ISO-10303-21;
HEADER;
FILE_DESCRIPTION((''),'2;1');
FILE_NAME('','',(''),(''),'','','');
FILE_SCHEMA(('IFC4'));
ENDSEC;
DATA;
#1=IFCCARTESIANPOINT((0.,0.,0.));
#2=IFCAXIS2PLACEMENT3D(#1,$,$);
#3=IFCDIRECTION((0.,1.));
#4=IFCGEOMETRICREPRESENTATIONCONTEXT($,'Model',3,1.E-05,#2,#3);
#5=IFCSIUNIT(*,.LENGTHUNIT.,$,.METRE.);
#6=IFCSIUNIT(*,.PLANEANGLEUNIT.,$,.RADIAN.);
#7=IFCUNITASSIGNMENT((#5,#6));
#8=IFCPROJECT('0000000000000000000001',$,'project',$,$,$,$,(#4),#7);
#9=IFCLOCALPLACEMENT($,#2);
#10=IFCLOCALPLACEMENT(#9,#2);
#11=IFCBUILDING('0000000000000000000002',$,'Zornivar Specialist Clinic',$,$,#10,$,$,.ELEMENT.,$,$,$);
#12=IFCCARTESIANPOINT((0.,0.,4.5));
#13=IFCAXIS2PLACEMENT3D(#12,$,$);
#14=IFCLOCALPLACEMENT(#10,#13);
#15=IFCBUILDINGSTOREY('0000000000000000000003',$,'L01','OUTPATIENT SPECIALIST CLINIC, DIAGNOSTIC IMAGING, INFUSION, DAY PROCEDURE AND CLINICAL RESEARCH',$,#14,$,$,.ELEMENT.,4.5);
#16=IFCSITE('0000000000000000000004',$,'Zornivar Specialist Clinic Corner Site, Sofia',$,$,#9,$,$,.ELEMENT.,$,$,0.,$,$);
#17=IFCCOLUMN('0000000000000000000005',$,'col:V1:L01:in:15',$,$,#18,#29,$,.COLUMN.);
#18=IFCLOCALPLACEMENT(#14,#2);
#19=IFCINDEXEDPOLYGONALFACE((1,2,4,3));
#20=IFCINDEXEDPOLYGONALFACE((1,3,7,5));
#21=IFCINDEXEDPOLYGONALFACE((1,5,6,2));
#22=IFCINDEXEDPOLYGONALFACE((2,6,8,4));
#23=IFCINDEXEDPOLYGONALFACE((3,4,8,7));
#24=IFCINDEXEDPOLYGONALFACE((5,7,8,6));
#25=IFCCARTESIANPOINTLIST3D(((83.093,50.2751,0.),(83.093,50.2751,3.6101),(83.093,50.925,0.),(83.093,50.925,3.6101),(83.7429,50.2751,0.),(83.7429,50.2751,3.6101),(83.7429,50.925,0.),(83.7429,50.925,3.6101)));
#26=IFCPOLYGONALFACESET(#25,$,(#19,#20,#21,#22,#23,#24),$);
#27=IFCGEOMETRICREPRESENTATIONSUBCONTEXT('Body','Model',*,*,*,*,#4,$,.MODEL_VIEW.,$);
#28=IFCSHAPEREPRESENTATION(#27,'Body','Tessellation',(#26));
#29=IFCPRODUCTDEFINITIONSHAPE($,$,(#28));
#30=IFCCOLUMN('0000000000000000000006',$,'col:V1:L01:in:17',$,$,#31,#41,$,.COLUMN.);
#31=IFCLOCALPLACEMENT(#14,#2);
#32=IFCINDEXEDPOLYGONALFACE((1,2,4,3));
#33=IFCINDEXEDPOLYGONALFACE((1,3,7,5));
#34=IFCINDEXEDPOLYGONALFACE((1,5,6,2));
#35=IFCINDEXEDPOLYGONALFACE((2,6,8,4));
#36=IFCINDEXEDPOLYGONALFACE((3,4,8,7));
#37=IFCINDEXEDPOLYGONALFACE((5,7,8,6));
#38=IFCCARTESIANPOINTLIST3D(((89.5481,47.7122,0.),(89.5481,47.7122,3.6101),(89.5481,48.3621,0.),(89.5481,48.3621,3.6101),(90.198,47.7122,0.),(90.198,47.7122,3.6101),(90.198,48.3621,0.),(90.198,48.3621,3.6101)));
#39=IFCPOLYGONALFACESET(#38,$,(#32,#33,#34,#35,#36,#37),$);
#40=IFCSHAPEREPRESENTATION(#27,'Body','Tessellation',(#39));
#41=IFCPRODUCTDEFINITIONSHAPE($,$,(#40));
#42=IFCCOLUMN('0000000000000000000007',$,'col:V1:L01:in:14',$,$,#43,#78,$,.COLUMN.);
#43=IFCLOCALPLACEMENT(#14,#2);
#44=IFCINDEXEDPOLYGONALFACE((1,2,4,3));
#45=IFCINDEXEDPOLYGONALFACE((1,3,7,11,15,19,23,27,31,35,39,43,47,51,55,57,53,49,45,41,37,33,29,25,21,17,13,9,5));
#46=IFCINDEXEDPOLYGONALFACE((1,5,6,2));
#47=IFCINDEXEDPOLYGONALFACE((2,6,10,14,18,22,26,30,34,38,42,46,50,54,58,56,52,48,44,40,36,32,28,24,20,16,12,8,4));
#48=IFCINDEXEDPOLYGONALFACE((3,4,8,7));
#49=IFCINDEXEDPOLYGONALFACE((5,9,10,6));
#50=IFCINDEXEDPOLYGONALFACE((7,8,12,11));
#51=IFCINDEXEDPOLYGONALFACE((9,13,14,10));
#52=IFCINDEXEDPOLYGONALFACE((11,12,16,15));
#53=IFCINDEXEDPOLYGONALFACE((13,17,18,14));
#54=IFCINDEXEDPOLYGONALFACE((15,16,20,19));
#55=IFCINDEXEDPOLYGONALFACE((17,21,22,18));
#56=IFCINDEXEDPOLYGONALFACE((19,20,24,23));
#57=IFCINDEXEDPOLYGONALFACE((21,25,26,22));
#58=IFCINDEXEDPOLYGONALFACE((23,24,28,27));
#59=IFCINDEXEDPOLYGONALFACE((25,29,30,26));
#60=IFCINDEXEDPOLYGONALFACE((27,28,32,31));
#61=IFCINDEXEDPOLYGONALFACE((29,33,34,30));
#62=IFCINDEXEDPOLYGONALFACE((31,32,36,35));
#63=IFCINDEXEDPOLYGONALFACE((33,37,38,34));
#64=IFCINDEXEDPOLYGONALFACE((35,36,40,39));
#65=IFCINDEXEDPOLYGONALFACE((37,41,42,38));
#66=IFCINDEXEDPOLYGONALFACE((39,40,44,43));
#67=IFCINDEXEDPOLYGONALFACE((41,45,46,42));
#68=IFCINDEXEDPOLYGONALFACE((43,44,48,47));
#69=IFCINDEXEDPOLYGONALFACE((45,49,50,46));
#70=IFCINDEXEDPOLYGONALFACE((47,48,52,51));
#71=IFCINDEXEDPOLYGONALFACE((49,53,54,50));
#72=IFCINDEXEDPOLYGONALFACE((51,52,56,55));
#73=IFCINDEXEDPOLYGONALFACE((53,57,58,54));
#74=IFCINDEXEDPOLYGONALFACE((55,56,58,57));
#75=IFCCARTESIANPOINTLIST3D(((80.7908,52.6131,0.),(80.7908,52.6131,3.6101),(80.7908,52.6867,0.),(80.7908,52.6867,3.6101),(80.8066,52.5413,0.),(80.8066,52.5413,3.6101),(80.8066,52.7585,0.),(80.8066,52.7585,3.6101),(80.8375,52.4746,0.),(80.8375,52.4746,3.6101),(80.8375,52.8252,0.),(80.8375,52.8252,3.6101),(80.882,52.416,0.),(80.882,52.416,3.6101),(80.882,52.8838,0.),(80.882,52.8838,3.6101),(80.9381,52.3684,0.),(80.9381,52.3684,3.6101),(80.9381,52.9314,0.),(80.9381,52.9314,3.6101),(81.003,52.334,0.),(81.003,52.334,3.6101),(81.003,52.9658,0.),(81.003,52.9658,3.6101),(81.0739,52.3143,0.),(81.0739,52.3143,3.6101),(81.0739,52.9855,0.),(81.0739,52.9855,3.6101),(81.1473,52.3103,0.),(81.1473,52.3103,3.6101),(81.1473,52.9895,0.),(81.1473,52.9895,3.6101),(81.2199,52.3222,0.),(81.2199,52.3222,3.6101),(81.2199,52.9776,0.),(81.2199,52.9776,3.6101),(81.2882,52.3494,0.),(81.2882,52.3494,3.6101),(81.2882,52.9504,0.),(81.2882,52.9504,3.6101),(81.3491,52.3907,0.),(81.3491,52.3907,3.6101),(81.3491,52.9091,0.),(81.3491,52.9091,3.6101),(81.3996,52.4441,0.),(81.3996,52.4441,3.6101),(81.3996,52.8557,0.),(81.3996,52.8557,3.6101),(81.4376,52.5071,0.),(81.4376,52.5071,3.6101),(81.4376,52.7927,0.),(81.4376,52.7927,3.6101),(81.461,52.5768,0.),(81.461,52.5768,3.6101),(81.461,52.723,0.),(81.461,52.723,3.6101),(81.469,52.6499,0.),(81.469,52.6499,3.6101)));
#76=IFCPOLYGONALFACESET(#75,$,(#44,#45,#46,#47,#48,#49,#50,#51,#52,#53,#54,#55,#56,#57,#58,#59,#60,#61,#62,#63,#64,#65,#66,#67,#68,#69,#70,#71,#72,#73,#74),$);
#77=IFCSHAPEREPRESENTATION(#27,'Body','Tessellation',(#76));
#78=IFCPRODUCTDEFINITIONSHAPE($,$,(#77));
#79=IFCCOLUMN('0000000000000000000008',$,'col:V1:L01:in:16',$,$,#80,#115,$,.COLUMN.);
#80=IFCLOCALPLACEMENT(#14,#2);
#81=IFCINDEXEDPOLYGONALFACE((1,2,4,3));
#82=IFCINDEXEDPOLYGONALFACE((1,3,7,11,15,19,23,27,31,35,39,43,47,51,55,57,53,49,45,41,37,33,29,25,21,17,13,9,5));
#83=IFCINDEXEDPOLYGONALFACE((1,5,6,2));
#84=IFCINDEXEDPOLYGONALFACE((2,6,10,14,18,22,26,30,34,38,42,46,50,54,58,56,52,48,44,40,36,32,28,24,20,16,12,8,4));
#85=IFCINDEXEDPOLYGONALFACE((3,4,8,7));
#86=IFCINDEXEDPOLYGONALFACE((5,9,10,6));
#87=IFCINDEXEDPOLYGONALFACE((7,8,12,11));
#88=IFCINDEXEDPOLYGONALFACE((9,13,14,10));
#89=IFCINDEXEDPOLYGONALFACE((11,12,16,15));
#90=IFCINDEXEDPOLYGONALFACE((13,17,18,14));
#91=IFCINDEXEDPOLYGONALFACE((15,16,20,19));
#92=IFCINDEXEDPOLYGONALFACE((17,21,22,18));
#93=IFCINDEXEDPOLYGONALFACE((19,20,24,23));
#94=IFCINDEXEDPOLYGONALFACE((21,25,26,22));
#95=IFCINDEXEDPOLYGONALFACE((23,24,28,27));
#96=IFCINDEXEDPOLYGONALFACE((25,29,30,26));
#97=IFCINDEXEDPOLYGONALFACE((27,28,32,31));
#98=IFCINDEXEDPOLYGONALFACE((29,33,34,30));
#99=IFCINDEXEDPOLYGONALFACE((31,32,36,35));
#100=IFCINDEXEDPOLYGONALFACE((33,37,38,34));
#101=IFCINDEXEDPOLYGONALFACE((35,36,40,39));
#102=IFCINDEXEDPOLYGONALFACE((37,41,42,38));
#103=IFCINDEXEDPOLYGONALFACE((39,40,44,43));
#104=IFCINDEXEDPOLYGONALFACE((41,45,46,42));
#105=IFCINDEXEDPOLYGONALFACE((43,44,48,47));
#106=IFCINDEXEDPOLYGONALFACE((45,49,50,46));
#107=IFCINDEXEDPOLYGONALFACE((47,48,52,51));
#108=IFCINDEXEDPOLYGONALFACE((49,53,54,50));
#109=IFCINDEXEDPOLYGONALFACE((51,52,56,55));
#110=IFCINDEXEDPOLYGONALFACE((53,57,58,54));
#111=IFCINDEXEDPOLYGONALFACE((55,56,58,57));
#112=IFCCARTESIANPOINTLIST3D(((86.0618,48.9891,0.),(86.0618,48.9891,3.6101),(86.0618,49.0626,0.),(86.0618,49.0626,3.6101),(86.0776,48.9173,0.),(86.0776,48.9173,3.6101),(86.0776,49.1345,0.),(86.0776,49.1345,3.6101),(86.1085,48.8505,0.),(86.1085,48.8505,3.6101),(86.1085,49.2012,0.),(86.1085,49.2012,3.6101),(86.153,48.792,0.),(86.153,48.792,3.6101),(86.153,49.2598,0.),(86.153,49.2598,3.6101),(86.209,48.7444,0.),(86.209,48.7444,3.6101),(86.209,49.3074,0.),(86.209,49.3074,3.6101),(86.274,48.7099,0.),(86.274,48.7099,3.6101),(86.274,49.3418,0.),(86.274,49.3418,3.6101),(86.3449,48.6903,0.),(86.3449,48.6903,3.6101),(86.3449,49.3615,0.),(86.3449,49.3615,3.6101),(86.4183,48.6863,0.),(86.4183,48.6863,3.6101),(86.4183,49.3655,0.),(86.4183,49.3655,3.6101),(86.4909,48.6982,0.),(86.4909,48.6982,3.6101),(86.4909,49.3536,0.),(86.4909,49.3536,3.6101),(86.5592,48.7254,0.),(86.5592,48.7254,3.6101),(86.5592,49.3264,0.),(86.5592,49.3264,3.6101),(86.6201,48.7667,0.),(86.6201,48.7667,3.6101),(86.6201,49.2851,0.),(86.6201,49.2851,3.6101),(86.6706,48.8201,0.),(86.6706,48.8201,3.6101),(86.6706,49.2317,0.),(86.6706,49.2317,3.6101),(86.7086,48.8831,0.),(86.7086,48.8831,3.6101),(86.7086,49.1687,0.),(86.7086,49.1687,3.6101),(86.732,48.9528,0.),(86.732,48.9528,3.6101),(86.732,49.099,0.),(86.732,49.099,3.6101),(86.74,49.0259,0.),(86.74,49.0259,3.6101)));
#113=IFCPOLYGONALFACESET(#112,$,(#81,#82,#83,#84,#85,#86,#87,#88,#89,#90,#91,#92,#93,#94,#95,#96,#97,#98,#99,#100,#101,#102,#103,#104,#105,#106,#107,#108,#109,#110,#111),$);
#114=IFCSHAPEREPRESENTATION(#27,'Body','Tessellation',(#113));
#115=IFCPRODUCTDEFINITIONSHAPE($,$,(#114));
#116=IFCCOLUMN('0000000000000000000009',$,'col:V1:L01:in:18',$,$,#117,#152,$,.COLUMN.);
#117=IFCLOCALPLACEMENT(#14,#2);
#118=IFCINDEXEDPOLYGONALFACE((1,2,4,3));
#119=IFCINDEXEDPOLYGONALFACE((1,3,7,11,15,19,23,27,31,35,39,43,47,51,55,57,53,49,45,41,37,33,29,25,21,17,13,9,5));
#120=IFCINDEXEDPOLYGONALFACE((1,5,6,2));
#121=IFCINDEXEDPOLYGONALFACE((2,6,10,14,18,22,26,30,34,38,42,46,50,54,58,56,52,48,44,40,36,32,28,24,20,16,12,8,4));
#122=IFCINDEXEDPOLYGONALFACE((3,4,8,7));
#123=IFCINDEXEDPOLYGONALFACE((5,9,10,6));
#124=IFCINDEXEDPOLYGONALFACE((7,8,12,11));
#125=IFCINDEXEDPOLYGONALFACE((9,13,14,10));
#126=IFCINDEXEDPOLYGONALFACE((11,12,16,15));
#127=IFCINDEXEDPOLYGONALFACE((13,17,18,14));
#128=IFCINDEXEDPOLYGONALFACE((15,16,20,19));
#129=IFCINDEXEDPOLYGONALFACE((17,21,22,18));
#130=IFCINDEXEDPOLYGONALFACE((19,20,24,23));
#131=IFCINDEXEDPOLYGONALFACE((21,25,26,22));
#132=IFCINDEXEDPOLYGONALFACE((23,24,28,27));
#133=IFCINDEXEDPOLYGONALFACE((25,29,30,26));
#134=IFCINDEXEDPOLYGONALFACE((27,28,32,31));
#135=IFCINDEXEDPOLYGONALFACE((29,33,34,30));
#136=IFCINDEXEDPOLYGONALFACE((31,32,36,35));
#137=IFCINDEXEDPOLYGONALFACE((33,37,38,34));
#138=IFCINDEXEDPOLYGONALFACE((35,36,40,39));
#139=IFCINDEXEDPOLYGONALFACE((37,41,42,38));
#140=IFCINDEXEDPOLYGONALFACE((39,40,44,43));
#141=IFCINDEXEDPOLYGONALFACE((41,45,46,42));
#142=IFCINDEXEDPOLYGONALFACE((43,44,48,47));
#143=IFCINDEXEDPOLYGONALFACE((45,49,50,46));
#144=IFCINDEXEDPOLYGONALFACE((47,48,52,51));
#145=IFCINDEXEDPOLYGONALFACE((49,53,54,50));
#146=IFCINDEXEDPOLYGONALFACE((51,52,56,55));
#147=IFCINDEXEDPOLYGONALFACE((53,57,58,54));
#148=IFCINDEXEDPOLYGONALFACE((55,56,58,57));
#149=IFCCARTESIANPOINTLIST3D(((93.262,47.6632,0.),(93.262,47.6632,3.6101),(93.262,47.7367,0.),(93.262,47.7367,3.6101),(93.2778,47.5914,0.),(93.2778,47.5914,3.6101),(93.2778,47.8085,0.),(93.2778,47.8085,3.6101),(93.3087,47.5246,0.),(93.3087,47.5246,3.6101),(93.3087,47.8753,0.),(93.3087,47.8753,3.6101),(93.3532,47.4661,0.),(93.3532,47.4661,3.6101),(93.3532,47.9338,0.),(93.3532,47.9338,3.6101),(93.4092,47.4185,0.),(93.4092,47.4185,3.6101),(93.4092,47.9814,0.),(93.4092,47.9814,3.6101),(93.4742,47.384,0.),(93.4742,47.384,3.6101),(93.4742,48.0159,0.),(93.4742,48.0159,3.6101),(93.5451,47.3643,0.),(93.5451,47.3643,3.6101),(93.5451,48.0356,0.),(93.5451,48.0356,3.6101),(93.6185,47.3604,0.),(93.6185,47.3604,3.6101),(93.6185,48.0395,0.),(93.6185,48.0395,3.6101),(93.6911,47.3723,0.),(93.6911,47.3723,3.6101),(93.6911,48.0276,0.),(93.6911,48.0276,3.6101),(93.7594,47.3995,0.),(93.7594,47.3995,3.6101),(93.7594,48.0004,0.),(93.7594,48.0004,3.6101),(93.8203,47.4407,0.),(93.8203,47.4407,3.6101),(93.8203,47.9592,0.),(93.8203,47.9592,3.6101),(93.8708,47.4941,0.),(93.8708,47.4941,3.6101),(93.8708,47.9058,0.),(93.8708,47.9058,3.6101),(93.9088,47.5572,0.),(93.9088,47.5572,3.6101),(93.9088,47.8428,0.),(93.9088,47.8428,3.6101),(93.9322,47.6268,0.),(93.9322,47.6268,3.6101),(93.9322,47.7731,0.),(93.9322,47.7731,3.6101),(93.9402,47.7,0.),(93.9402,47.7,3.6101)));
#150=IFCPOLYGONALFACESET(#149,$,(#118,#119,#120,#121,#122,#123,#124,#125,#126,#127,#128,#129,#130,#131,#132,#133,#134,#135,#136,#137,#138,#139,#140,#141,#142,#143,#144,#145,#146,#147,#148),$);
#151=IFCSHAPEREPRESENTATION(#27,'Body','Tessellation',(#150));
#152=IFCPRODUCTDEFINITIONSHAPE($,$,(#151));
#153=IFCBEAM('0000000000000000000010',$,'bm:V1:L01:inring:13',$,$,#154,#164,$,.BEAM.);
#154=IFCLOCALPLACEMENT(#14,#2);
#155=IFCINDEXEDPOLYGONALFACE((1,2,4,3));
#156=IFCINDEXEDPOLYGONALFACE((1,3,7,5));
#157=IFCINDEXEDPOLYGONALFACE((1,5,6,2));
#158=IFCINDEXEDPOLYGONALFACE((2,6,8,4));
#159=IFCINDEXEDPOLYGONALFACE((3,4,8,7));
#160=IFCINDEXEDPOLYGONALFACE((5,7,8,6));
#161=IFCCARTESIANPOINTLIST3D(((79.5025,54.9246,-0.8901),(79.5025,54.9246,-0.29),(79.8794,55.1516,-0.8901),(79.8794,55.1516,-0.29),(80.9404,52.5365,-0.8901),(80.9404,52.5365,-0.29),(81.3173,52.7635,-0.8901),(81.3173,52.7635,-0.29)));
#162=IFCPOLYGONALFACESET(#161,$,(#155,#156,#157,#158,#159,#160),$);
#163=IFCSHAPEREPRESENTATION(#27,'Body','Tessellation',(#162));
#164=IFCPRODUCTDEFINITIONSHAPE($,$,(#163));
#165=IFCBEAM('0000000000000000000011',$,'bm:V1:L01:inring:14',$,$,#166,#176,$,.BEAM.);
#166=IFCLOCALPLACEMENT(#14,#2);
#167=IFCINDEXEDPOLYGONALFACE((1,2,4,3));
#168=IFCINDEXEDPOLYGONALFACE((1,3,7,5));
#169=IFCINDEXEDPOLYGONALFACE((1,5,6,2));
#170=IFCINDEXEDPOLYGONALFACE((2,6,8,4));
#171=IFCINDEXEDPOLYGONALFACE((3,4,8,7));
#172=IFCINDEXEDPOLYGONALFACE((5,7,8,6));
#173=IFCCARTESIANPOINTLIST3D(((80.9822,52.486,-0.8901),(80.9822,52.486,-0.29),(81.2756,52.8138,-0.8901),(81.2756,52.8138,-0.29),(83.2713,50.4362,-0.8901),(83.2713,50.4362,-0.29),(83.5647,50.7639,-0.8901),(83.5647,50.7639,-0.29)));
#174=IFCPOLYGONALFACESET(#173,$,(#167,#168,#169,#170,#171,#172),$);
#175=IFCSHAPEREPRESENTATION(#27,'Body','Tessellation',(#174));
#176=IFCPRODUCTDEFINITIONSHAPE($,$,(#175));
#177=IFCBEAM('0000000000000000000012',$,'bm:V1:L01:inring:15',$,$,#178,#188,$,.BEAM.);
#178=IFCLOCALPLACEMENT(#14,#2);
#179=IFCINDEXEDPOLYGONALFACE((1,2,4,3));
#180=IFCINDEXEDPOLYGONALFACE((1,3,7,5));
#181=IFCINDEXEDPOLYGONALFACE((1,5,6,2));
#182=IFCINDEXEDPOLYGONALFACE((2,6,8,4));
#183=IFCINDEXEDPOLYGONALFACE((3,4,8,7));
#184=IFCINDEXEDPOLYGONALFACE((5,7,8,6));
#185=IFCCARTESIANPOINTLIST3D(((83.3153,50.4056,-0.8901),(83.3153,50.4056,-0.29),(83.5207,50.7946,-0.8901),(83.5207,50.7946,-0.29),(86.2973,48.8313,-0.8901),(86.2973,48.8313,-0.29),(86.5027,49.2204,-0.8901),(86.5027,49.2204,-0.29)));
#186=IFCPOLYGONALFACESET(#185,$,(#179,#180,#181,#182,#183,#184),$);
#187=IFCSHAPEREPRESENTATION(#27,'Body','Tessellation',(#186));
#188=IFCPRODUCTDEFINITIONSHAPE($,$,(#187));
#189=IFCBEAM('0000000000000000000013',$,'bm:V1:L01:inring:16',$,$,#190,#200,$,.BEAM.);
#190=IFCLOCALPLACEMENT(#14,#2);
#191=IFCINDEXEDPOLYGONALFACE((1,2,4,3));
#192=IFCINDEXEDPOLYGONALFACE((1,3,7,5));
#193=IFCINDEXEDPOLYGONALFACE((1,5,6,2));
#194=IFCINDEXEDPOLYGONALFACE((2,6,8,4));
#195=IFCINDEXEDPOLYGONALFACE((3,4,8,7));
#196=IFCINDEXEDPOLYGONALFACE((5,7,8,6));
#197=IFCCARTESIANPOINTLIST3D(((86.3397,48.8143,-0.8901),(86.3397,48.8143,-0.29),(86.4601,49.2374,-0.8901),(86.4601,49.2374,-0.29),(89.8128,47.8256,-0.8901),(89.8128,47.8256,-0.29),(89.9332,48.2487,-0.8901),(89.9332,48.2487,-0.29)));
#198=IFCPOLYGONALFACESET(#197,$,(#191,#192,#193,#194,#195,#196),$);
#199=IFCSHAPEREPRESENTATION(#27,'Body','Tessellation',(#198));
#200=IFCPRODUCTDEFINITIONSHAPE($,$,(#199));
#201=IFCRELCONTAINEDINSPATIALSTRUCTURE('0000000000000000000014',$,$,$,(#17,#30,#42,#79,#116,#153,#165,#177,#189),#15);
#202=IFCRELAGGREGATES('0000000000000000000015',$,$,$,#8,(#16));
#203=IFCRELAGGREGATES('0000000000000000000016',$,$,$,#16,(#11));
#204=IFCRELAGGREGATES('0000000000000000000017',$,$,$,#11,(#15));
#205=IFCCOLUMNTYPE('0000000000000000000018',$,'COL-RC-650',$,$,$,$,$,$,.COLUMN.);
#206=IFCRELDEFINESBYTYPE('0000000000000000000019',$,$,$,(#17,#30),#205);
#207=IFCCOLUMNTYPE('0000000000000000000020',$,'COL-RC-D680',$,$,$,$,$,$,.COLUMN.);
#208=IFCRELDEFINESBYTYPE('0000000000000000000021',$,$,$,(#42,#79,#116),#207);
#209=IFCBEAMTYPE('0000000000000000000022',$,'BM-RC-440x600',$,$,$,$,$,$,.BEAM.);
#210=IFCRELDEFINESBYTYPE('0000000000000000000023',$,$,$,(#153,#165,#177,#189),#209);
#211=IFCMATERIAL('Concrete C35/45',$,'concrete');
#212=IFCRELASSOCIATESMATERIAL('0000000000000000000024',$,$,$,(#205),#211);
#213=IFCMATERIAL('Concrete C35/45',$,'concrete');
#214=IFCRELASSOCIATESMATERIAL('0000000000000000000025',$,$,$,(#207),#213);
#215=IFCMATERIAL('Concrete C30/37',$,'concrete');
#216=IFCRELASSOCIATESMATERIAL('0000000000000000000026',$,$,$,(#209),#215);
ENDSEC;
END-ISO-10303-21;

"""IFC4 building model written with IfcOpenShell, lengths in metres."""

from ifc_helpers import new_model, si_unit, direction, frame, origin, origin_2d, place, context, subcontext, project, spatial, rectangle, circle, extrude, material, material_profile, profile_set, type_object, element, save


model = new_model("IFC4")

# Units and contexts
model_context = context("Model", 3, precision=1e-05, world=origin(), true_north=direction((0.0, 1.0)))
body_context = subcontext(model_context, "Body", "Model", "MODEL_VIEW")
ifc_project = project(units=[si_unit("LENGTHUNIT", "METRE"), si_unit("PLANEANGLEUNIT", "RADIAN")], contexts=[model_context])

# Site, building, storey
site_placement = place(None, origin())
site = spatial("IfcSite", under=ifc_project, at=site_placement, Name="Zornivar Specialist Clinic Corner Site, Sofia", CompositionType="ELEMENT", RefElevation=0.0)
building_placement = place(site_placement, origin())
building = spatial("IfcBuilding", under=site, at=building_placement, Name="Zornivar Specialist Clinic", CompositionType="ELEMENT")
storey_placement = place(building_placement, frame((0.0, 0.0, 4.5)))
storey = spatial("IfcBuildingStorey", under=building, at=storey_placement, Name="L01", Description="OUTPATIENT SPECIALIST CLINIC, DIAGNOSTIC IMAGING, INFUSION, DAY PROCEDURE AND CLINICAL RESEARCH", CompositionType="ELEMENT", Elevation=4.5)

# Columns
ifc_material_1 = material(Name="Concrete C35/45", Category="concrete")
ifc_material_profile_1 = material_profile(ifc_material_1, rectangle(XDim=0.6499, YDim=0.6499, at=origin_2d()), Name="RC 650x650")
ifc_profile_set_1 = profile_set([ifc_material_profile_1], Name="Concrete C35/45")
column_type_1 = type_object("IfcColumnType", Name="COL-RC-650", PredefinedType="COLUMN", material=ifc_profile_set_1)
for number, where, z_axis, x_axis, name in (
    (1, (83.418, 50.6001, 0.0), (0.0, 0.0, 1.0), (1.0, 0.0, 0.0), "col:V1:L01:in:15"),
    (2, (89.873, 48.0371, 0.0), (0.0, 0.0, 1.0), (1.0, 0.0, 0.0), "col:V1:L01:in:17"),
):
    element("IfcColumn", number, at=place(storey_placement, frame(where, z_axis=z_axis, x_axis=x_axis)), inside=storey, type_object=column_type_1, Name=name, PredefinedType="COLUMN", context=body_context, shape_type="SweptSolid", body=[
        extrude(rectangle(XDim=0.6499, YDim=0.6499, at=origin_2d()), origin(), (0.0, 0.0, 1.0), 3.6101),
    ])
ifc_material_2 = material(Name="Concrete C35/45", Category="concrete")
ifc_material_profile_2 = material_profile(ifc_material_2, circle(Radius=0.3401, at=origin_2d()), Name="RC D680")
ifc_profile_set_2 = profile_set([ifc_material_profile_2], Name="Concrete C35/45")
column_type_2 = type_object("IfcColumnType", Name="COL-RC-D680", PredefinedType="COLUMN", material=ifc_profile_set_2)
for number, where, z_axis, x_axis, name in (
    (3, (81.1289, 52.6499, 0.0), (0.0, 0.0, 1.0), (1.0, 0.0, 0.0), "col:V1:L01:in:14"),
    (4, (86.3999, 49.0259, 0.0), (0.0, 0.0, 1.0), (1.0, 0.0, 0.0), "col:V1:L01:in:16"),
    (5, (93.6001, 47.7, 0.0), (0.0, 0.0, 1.0), (1.0, 0.0, 0.0), "col:V1:L01:in:18"),
):
    element("IfcColumn", number, at=place(storey_placement, frame(where, z_axis=z_axis, x_axis=x_axis)), inside=storey, type_object=column_type_2, Name=name, PredefinedType="COLUMN", context=body_context, shape_type="SweptSolid", body=[
        extrude(circle(Radius=0.3401, at=origin_2d()), origin(), (0.0, 0.0, 1.0), 3.6101),
    ])

# Beams
ifc_material_3 = material(Name="Concrete C30/37", Category="concrete")
ifc_material_profile_3 = material_profile(ifc_material_3, rectangle(XDim=0.4399, YDim=0.6001, at=origin_2d()), Name="RC 440x600")
ifc_profile_set_3 = profile_set([ifc_material_profile_3], Name="Concrete C30/37")
beam_type_1 = type_object("IfcBeamType", Name="BM-RC-440x600", PredefinedType="BEAM", material=ifc_profile_set_3)
beam_1_placement = place(storey_placement, frame((79.6909, 55.0381, -0.5901), z_axis=(0.515835, -0.856688, 0.0), x_axis=(0.856688, 0.515835, 0.0)))
element("IfcBeam", 6, at=beam_1_placement, inside=storey, type_object=beam_type_1, Name="bm:V1:L01:inring:13", PredefinedType="BEAM", context=body_context, shape_type="SweptSolid", body=[
    extrude(rectangle(XDim=0.4399, YDim=0.6001, at=origin_2d()), origin(), (0.0, 0.0, 1.0), 2.7876),
])
beam_2_placement = place(storey_placement, frame((81.1289, 52.6499, -0.5901), z_axis=(0.744967, -0.667101, 0.0), x_axis=(0.667101, 0.744967, 0.0)))
element("IfcBeam", 7, at=beam_2_placement, inside=storey, type_object=beam_type_1, Name="bm:V1:L01:inring:14", PredefinedType="BEAM", context=body_context, shape_type="SweptSolid", body=[
    extrude(rectangle(XDim=0.4399, YDim=0.6001, at=origin_2d()), origin(), (0.0, 0.0, 1.0), 3.0728),
])
beam_3_placement = place(storey_placement, frame((83.418, 50.6001, -0.5901), z_axis=(0.884333, -0.466856, 0.0), x_axis=(0.466856, 0.884333, 0.0)))
element("IfcBeam", 8, at=beam_3_placement, inside=storey, type_object=beam_type_1, Name="bm:V1:L01:inring:15", PredefinedType="BEAM", context=body_context, shape_type="SweptSolid", body=[
    extrude(rectangle(XDim=0.4399, YDim=0.6001, at=origin_2d()), origin(), (0.0, 0.0, 1.0), 3.3721),
])
beam_4_placement = place(storey_placement, frame((86.3999, 49.0259, -0.5901), z_axis=(0.961784, -0.27381, 0.0), x_axis=(0.27381, 0.961784, 0.0)))
element("IfcBeam", 9, at=beam_4_placement, inside=storey, type_object=beam_type_1, Name="bm:V1:L01:inring:16", PredefinedType="BEAM", context=body_context, shape_type="SweptSolid", body=[
    extrude(rectangle(XDim=0.4399, YDim=0.6001, at=origin_2d()), origin(), (0.0, 0.0, 1.0), 3.6111),
])

save(model, "model.ifc")
